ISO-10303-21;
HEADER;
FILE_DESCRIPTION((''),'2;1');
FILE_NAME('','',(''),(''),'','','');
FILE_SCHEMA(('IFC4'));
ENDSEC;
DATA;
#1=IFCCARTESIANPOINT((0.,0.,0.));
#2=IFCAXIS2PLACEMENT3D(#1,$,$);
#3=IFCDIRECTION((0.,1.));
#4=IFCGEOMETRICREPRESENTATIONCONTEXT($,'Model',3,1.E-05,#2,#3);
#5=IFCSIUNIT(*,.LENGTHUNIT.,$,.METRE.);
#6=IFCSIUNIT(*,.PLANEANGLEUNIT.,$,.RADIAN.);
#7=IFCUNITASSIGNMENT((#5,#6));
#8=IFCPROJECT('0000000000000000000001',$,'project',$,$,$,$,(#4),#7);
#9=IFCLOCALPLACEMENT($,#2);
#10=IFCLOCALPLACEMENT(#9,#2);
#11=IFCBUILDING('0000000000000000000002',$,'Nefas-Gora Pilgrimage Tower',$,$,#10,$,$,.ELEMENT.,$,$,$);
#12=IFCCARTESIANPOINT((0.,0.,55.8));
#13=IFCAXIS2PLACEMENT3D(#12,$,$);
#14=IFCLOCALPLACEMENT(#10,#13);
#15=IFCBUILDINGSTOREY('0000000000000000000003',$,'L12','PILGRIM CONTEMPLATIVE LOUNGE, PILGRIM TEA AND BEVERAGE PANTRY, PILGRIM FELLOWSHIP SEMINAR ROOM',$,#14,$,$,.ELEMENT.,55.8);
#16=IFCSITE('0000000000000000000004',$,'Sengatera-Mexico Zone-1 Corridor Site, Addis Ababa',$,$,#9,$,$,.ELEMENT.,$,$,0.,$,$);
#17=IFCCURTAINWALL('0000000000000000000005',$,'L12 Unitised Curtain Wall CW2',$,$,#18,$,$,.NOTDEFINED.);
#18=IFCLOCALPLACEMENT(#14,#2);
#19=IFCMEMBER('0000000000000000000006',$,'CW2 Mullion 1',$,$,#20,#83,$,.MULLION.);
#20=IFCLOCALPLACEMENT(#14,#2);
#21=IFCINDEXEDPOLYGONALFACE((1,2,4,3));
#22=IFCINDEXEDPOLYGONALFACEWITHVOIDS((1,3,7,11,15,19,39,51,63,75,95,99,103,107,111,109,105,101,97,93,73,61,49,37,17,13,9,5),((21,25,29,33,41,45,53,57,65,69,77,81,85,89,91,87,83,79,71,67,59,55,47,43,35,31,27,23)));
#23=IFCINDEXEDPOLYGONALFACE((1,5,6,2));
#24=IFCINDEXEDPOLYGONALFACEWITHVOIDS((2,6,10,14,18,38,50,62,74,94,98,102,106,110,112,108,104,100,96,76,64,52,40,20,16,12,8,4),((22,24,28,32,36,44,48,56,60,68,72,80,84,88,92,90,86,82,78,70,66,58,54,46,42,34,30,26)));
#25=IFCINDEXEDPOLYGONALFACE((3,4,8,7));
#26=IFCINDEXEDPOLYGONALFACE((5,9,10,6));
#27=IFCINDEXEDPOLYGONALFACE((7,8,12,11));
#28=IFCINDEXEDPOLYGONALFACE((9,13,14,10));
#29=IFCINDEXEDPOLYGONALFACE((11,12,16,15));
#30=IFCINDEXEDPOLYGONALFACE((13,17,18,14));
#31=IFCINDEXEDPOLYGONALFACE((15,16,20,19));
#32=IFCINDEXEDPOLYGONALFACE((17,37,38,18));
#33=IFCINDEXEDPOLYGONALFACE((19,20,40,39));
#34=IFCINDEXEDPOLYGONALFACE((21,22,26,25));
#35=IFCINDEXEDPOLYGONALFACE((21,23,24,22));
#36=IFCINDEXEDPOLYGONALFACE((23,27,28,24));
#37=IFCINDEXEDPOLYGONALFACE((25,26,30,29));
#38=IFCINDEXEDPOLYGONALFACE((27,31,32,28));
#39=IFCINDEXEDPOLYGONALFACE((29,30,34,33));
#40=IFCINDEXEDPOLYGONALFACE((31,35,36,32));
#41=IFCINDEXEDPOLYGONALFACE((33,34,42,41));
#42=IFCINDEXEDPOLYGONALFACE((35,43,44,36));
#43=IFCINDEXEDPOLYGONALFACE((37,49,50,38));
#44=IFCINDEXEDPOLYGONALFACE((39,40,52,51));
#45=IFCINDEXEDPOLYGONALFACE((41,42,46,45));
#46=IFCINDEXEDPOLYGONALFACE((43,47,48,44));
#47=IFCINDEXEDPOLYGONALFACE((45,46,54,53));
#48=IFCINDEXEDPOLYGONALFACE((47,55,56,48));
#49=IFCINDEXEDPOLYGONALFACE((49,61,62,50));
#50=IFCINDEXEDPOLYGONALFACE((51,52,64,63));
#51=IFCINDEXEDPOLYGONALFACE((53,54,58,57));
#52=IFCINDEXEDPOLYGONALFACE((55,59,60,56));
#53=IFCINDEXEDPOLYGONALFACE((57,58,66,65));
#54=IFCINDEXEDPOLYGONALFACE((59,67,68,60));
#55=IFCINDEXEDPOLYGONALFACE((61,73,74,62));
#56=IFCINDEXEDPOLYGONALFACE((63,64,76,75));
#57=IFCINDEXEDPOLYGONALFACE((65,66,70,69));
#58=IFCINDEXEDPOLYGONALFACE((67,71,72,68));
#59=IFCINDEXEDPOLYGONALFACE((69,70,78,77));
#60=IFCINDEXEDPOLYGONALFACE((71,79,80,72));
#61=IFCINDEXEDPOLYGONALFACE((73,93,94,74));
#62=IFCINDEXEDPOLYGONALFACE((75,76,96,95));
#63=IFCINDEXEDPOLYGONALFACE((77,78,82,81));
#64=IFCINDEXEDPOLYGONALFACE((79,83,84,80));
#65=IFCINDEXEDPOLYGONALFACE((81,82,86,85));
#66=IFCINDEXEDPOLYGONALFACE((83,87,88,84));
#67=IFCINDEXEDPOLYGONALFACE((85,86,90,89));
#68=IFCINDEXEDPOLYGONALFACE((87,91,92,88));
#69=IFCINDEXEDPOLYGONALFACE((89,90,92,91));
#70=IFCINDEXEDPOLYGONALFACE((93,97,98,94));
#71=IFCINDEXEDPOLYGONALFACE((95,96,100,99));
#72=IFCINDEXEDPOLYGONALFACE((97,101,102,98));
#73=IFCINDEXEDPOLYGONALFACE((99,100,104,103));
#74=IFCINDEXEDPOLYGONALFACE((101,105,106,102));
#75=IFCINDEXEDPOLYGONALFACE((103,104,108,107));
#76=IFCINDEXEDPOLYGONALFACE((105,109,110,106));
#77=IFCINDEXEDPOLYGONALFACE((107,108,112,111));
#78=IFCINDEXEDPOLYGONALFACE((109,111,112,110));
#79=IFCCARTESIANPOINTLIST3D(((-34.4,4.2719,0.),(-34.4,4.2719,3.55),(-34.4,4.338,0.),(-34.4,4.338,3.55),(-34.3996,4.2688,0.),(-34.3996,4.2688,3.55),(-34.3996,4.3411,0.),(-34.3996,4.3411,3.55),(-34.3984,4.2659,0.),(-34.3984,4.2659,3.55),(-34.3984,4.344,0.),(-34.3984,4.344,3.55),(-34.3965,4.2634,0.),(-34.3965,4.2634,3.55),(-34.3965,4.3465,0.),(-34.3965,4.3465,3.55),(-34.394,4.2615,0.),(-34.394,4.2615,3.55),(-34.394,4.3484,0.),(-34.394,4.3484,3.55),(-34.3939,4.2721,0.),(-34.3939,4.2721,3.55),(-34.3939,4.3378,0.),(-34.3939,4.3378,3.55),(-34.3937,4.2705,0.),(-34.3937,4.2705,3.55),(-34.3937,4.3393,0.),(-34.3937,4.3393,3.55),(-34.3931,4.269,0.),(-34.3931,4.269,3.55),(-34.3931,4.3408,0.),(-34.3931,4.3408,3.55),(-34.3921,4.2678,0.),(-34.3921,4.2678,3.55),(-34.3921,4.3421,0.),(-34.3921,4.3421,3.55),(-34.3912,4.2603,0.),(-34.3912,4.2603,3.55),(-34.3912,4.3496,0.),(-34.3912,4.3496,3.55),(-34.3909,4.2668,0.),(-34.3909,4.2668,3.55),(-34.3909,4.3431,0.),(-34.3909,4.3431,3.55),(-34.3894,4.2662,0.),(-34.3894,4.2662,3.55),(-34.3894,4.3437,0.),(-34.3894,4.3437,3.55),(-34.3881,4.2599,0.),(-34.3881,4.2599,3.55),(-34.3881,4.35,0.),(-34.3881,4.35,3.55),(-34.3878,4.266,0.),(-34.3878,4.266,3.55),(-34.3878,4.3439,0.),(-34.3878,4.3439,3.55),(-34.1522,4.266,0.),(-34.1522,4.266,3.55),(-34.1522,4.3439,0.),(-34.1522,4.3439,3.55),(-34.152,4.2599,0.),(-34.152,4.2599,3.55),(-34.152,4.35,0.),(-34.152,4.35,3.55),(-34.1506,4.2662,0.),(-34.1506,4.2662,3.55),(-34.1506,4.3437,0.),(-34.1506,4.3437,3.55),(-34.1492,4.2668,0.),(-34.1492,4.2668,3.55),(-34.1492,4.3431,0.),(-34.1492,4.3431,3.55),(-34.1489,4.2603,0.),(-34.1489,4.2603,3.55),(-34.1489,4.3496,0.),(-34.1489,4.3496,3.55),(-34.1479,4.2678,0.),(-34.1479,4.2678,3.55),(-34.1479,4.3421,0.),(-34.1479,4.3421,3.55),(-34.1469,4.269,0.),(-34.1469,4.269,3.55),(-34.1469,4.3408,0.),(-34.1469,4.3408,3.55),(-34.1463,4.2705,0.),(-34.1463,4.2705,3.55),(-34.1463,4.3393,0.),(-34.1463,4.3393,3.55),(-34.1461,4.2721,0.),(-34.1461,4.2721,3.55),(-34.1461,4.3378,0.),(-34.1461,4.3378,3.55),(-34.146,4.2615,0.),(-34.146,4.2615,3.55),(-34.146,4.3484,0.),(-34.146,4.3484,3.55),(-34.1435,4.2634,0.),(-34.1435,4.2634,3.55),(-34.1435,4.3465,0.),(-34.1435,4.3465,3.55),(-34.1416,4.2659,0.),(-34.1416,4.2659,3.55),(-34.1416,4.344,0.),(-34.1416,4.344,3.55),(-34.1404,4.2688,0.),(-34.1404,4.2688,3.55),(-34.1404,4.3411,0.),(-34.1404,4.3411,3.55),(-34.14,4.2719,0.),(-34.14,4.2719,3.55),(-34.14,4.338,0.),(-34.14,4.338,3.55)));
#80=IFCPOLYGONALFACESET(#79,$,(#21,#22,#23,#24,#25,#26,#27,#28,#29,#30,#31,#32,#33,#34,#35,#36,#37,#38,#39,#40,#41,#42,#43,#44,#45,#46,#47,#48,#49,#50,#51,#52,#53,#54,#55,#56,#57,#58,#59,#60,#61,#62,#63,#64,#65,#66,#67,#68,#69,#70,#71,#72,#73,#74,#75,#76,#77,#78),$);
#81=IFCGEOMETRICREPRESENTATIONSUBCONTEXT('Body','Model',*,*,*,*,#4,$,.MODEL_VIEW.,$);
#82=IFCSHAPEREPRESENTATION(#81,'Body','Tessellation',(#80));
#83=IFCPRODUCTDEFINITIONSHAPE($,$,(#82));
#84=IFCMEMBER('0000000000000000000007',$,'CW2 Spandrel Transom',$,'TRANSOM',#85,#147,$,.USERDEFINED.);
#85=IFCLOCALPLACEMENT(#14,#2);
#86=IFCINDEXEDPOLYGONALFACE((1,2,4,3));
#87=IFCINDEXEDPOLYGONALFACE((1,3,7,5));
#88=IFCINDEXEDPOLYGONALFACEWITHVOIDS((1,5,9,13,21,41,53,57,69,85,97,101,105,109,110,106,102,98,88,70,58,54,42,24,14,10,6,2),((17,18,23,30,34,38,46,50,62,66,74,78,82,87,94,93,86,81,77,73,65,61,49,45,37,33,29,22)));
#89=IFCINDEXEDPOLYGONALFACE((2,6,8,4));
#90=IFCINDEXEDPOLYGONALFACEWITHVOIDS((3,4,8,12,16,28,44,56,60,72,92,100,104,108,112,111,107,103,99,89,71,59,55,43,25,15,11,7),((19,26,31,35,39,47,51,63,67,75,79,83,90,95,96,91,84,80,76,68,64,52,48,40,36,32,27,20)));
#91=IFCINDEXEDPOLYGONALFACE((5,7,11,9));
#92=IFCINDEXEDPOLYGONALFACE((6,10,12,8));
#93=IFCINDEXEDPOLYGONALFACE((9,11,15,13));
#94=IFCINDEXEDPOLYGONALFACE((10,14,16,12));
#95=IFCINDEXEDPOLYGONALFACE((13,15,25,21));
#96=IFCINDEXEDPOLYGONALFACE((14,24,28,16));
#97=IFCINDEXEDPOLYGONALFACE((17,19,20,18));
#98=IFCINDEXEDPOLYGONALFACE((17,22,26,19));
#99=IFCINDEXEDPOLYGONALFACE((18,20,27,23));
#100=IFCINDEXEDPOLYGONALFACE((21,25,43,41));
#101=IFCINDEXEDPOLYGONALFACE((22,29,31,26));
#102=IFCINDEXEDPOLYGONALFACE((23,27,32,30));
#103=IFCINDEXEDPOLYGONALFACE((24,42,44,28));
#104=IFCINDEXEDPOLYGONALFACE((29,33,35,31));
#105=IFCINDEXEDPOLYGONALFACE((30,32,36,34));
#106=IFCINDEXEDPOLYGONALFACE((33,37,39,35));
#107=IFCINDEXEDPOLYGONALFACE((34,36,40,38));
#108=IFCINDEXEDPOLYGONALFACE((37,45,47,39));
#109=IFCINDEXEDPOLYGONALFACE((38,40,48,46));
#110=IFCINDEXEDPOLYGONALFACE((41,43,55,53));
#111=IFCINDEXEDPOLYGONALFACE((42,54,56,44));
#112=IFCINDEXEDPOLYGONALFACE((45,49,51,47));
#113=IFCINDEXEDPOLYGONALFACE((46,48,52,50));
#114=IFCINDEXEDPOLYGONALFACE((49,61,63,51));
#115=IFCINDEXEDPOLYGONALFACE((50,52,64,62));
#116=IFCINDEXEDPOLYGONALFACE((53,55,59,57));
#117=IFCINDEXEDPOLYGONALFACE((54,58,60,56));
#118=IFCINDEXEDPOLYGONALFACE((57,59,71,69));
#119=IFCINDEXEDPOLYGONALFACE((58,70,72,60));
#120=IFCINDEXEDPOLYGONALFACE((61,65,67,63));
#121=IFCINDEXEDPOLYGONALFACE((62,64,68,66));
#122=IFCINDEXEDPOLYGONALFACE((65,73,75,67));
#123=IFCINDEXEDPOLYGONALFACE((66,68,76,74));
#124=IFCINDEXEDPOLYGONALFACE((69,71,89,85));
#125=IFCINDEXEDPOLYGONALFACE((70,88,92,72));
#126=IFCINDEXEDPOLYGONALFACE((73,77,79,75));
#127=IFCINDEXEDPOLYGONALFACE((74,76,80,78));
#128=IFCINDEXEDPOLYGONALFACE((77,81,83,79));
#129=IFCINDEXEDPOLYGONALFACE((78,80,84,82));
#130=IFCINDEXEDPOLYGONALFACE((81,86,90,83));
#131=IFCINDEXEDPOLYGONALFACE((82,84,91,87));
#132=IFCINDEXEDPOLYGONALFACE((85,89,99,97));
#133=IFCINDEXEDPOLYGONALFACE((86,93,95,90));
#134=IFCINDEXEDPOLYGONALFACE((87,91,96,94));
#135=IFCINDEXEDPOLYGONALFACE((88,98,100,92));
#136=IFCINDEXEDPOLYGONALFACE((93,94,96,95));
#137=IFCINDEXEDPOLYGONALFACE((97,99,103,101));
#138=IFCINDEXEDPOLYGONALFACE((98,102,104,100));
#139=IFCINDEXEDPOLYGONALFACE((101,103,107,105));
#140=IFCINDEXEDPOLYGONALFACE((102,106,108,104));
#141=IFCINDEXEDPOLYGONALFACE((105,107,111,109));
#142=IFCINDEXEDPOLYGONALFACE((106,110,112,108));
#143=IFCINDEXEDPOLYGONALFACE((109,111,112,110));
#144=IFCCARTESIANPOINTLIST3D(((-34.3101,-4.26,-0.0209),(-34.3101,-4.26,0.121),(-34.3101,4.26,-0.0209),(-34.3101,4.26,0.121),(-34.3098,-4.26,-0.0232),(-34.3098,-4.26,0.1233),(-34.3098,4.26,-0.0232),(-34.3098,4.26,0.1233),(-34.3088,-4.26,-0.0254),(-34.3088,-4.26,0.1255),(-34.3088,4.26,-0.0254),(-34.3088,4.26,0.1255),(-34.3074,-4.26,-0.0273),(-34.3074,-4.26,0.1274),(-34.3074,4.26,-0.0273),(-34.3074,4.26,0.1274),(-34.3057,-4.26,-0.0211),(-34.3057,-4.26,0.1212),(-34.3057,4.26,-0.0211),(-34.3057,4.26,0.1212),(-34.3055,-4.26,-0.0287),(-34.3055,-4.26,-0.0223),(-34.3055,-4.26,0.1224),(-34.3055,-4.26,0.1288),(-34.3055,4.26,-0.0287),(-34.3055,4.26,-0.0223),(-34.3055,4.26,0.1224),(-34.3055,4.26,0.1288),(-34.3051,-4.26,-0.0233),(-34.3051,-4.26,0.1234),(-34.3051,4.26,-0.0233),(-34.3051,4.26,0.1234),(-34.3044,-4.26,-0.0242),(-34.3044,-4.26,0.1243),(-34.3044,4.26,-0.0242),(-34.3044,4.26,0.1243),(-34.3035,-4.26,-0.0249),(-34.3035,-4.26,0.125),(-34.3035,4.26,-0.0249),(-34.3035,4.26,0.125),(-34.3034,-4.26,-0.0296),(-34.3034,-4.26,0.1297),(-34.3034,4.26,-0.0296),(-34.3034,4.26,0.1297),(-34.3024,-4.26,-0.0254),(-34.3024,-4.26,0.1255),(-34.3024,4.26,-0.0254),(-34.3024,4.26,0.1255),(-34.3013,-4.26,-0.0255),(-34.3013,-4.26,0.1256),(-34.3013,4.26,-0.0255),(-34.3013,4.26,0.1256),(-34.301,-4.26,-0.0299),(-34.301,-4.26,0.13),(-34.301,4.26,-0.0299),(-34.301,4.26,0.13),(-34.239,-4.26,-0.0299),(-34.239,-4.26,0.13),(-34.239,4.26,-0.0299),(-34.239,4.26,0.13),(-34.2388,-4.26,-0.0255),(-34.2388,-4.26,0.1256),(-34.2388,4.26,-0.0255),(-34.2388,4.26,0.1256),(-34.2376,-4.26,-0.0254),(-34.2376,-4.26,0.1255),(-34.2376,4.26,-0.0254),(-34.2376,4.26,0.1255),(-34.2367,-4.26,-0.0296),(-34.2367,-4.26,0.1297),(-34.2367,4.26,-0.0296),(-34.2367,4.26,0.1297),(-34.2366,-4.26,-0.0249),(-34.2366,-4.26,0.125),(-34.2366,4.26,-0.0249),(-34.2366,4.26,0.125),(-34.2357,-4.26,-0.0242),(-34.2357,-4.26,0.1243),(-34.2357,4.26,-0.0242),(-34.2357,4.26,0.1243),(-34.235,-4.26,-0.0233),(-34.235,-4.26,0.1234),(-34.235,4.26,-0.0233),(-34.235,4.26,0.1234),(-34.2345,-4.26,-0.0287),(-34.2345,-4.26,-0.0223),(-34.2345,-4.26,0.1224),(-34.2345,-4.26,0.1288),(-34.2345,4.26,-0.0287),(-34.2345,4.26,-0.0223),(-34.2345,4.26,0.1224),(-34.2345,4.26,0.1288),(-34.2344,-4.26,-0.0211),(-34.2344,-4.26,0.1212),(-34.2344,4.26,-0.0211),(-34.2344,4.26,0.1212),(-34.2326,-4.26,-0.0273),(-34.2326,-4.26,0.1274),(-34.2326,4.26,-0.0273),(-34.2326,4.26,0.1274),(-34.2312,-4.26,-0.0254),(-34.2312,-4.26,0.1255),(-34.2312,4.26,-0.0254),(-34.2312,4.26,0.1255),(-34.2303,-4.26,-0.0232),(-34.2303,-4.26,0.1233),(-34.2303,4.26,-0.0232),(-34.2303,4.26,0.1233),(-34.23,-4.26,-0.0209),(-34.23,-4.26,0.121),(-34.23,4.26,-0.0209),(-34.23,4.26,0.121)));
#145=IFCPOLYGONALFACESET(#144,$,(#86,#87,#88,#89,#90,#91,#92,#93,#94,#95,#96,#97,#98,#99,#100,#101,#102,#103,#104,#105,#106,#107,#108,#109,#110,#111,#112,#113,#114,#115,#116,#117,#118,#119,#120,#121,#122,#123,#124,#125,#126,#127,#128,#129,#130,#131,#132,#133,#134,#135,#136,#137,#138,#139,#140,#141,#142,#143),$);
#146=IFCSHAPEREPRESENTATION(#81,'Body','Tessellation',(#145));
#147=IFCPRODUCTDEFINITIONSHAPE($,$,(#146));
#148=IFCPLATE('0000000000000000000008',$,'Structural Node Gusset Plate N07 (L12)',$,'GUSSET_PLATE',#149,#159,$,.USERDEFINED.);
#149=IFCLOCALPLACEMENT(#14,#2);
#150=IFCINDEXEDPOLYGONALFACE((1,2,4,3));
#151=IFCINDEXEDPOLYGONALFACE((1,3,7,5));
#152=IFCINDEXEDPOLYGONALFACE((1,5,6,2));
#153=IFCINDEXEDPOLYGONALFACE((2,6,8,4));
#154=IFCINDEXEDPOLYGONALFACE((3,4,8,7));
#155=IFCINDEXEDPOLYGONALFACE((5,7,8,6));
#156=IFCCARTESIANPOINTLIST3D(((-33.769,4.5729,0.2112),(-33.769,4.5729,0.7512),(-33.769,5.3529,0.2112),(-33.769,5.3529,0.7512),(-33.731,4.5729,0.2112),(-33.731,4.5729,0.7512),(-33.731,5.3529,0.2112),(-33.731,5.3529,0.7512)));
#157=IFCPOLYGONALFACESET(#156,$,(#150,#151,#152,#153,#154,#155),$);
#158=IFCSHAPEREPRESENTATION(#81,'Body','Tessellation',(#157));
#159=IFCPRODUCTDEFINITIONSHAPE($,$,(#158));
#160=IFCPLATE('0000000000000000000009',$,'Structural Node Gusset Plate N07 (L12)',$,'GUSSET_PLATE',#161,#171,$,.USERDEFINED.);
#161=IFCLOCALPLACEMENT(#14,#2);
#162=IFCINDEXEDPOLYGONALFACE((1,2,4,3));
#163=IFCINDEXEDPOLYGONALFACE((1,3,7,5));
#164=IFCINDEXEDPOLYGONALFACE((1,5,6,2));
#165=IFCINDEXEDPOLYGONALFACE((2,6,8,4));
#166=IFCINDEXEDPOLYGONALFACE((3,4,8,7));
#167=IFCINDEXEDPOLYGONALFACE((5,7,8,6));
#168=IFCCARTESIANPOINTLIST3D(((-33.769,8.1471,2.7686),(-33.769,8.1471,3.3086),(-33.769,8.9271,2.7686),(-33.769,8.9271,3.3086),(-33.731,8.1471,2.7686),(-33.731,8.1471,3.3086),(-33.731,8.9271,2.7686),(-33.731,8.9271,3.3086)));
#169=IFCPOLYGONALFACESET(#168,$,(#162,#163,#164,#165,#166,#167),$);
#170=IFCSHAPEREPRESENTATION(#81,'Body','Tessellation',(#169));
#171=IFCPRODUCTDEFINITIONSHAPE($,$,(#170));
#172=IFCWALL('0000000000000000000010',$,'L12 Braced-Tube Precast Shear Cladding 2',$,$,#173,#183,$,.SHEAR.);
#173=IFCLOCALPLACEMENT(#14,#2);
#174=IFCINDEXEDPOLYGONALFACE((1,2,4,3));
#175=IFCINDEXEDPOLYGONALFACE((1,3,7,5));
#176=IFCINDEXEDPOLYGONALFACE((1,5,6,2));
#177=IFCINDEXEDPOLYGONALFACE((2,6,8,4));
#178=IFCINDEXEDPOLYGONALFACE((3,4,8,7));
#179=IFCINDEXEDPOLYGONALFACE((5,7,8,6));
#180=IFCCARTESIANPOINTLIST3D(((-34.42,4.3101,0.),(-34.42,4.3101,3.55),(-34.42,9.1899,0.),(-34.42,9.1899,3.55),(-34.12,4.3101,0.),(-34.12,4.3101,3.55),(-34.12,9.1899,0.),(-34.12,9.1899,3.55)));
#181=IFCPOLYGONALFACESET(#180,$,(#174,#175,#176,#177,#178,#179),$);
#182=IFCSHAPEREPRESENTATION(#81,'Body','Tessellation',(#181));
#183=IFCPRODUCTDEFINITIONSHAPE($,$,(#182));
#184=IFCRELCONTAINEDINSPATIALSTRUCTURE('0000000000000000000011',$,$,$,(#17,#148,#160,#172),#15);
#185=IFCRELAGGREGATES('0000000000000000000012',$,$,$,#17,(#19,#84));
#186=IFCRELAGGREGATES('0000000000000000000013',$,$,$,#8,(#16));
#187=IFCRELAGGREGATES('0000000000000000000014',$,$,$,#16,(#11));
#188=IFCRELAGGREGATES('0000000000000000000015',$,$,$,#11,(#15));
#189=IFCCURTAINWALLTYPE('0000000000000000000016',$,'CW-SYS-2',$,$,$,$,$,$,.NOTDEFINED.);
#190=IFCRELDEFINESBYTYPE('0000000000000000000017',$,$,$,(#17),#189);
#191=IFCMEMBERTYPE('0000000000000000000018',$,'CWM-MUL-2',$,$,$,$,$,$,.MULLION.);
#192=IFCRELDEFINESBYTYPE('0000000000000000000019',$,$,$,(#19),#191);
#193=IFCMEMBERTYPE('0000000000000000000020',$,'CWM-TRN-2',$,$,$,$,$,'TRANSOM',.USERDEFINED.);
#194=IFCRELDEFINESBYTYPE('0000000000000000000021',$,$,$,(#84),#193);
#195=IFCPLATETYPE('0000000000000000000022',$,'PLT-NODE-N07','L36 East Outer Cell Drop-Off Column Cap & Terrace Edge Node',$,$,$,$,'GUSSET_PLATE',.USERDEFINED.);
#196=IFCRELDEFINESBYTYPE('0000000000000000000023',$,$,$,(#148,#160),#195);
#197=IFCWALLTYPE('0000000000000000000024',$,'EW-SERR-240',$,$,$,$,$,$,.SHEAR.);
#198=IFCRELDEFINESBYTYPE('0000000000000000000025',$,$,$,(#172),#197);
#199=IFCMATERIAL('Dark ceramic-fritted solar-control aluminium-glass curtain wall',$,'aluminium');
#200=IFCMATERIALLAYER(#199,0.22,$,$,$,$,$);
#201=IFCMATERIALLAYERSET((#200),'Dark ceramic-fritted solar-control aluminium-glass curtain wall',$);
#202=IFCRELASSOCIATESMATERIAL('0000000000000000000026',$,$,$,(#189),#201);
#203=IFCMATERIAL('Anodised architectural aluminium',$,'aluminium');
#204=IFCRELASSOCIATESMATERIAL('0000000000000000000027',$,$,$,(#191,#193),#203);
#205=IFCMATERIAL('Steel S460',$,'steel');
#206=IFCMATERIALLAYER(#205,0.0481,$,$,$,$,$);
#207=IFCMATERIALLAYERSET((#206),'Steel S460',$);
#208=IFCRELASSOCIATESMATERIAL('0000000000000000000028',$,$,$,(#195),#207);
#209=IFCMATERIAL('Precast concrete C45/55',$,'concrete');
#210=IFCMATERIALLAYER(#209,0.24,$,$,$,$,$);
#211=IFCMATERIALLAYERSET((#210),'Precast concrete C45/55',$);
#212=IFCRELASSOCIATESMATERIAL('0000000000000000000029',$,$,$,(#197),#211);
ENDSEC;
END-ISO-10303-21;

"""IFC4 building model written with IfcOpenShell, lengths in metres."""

from ifc_helpers import new_model, si_unit, direction, frame, frame_2d, origin, origin_2d, place, context, subcontext, project, spatial, rectangle, hollow_rectangle, extrude, source, transform, mapped, material, layer, layer_set, material_profile, profile_set, type_object, element, aggregate, save


model = new_model("IFC4")

# Units and contexts
model_context = context("Model", 3, precision=1e-05, world=origin(), true_north=direction((0.0, 1.0)))
body_context = subcontext(model_context, "Body", "Model", "MODEL_VIEW")
ifc_project = project(units=[si_unit("LENGTHUNIT", "METRE"), si_unit("PLANEANGLEUNIT", "RADIAN")], contexts=[model_context])

# Site, building, storey
site_placement = place(None, origin())
site = spatial("IfcSite", under=ifc_project, at=site_placement, Name="Sengatera-Mexico Zone-1 Corridor Site, Addis Ababa", CompositionType="ELEMENT", RefElevation=0.0)
building_placement = place(site_placement, origin())
building = spatial("IfcBuilding", under=site, at=building_placement, Name="Nefas-Gora Pilgrimage Tower", CompositionType="ELEMENT")
storey_placement = place(building_placement, frame((0.0, 0.0, 55.8)))
storey = spatial("IfcBuildingStorey", under=building, at=storey_placement, Name="L12", Description="PILGRIM CONTEMPLATIVE LOUNGE, PILGRIM TEA AND BEVERAGE PANTRY, PILGRIM FELLOWSHIP SEMINAR ROOM", CompositionType="ELEMENT", Elevation=55.8)

# Shared definitions
ifc_material_1 = material(Name="Steel S460", Category="steel")

# Curtain wall, members
ifc_material_2 = material(Name="Dark ceramic-fritted solar-control aluminium-glass curtain wall", Category="aluminium")
ifc_layer_1 = layer(ifc_material_2, 0.22)
ifc_layer_set_1 = layer_set([ifc_layer_1], Name="Dark ceramic-fritted solar-control aluminium-glass curtain wall")
curtain_wall_type = type_object("IfcCurtainWallType", Name="CW-SYS-2", PredefinedType="NOTDEFINED", material=ifc_layer_set_1)
curtain_wall_placement = place(storey_placement, origin())
curtain_wall = element("IfcCurtainWall", 1, at=curtain_wall_placement, inside=storey, type_object=curtain_wall_type, Name="L12 Unitised Curtain Wall CW2", PredefinedType="NOTDEFINED")
ifc_material_3 = material(Name="Anodised architectural aluminium", Category="aluminium")
ifc_material_profile_1 = material_profile(ifc_material_3, hollow_rectangle(XDim=0.0901, YDim=0.26, WallThickness=0.0061, InnerFilletRadius=0.0061, OuterFilletRadius=0.012, at=origin_2d()), Name="ALU MULLION 90x260")
ifc_profile_set_1 = profile_set([ifc_material_profile_1], Name="Anodised architectural aluminium")
member_type_1 = type_object("IfcMemberType", Name="CWM-MUL-2", PredefinedType="MULLION", material=ifc_profile_set_1)
shared_shape_1 = source(origin(), body_context, "Body", "SweptSolid", [
    extrude(hollow_rectangle(XDim=0.0901, YDim=0.26, WallThickness=0.0061, InnerFilletRadius=0.0061, OuterFilletRadius=0.012, at=origin_2d()), origin(), (0.0, 0.0, 1.0), 3.55),
])
member_1_placement = place(storey_placement, frame((-34.27, 4.3049, 0.0), z_axis=(0.0, 0.0, 1.0), x_axis=(0.0, -1.0, 0.0)))
member_1 = element("IfcMember", 2, at=member_1_placement, type_object=member_type_1, Name="CW2 Mullion 1", PredefinedType="MULLION", context=body_context, shape_type="MappedRepresentation", body=[
    mapped(shared_shape_1, transform((0.0, 0.0, 0.0), x_axis=(1.0, 0.0, 0.0), y_axis=(0.0, 1.0, 0.0), z_axis=(0.0, 0.0, 1.0), scale=1.0)),
])
ifc_material_profile_2 = material_profile(ifc_material_3, hollow_rectangle(XDim=0.0801, YDim=0.1599, WallThickness=0.0044, InnerFilletRadius=0.0044, OuterFilletRadius=0.009, at=origin_2d()), Name="ALU TRANSOM 80x160")
ifc_profile_set_2 = profile_set([ifc_material_profile_2], Name="Anodised architectural aluminium")
member_type_2 = type_object("IfcMemberType", Name="CWM-TRN-2", ElementType="TRANSOM", PredefinedType="USERDEFINED", material=ifc_profile_set_2)
shared_shape_2 = source(origin(), body_context, "Body", "SweptSolid", [
    extrude(hollow_rectangle(XDim=0.0801, YDim=0.1599, WallThickness=0.0044, InnerFilletRadius=0.0044, OuterFilletRadius=0.009, at=origin_2d()), origin(), (0.0, 0.0, 1.0), 8.52),
])
member_2_placement = place(storey_placement, frame((-34.27, 4.26, 0.05), z_axis=(0.0, -1.0, 0.0), x_axis=(1.0, 0.0, 0.0)))
member_2 = element("IfcMember", 3, at=member_2_placement, type_object=member_type_2, Name="CW2 Spandrel Transom", ObjectType="TRANSOM", PredefinedType="USERDEFINED", context=body_context, shape_type="MappedRepresentation", body=[
    mapped(shared_shape_2, transform((0.0, 0.0, 0.0), x_axis=(1.0, 0.0, 0.0), y_axis=(0.0, 1.0, 0.0), z_axis=(0.0, 0.0, 1.0), scale=1.0)),
])
aggregate(curtain_wall, [member_1, member_2])

# Plates
ifc_layer_2 = layer(ifc_material_1, 0.0481)
ifc_layer_set_2 = layer_set([ifc_layer_2], Name="Steel S460")
plate_type = type_object("IfcPlateType", Name="PLT-NODE-N07", Description="L36 East Outer Cell Drop-Off Column Cap & Terrace Edge Node", ElementType="GUSSET_PLATE", PredefinedType="USERDEFINED", material=ifc_layer_set_2)
shared_shape_3 = source(origin(), body_context, "Body", "SweptSolid", [
    extrude(rectangle(XDim=0.78, YDim=0.0381, at=origin_2d()), origin(), (0.0, 0.0, 1.0), 0.54),
])
for number, where, z_axis, x_axis, name in (
    (4, (-33.75, 4.9629, 0.2112), (0.0, 0.0, 1.0), (0.0, 1.0, 0.0), "Structural Node Gusset Plate N07 (L12)"),
    (5, (-33.75, 8.5371, 2.7686), (0.0, 0.0, 1.0), (0.0, 1.0, 0.0), "Structural Node Gusset Plate N07 (L12)"),
):
    element("IfcPlate", number, at=place(storey_placement, frame(where, z_axis=z_axis, x_axis=x_axis)), inside=storey, type_object=plate_type, Name=name, ObjectType="GUSSET_PLATE", PredefinedType="USERDEFINED", context=body_context, shape_type="MappedRepresentation", body=[
        mapped(shared_shape_3, transform((0.0, 0.0, 0.0), x_axis=(1.0, 0.0, 0.0), y_axis=(0.0, 1.0, 0.0), z_axis=(0.0, 0.0, 1.0), scale=1.0)),
    ])

# Wall
ifc_material_4 = material(Name="Precast concrete C45/55", Category="concrete")
ifc_layer_3 = layer(ifc_material_4, 0.24)
ifc_layer_set_3 = layer_set([ifc_layer_3], Name="Precast concrete C45/55")
wall_type_1 = type_object("IfcWallType", Name="EW-SERR-240", PredefinedType="SHEAR", material=ifc_layer_set_3)
shared_shape_4 = source(origin(), body_context, "Body", "SweptSolid", [
    extrude(rectangle(XDim=4.8799, YDim=0.3, at=frame_2d((2.4399, 0.0))), origin(), (0.0, 0.0, 1.0), 3.55),
])
wall_1_placement = place(storey_placement, frame((-34.27, 4.3101, 0.0), z_axis=(0.0, 0.0, 1.0), x_axis=(0.0, 1.0, 0.0)))
element("IfcWall", 6, at=wall_1_placement, inside=storey, type_object=wall_type_1, Name="L12 Braced-Tube Precast Shear Cladding 2", PredefinedType="SHEAR", context=body_context, shape_type="MappedRepresentation", body=[
    mapped(shared_shape_4, transform((0.0, 0.0, 0.0), x_axis=(1.0, 0.0, 0.0), y_axis=(0.0, 1.0, 0.0), z_axis=(0.0, 0.0, 1.0), scale=1.0)),
])

save(model, "model.ifc")
